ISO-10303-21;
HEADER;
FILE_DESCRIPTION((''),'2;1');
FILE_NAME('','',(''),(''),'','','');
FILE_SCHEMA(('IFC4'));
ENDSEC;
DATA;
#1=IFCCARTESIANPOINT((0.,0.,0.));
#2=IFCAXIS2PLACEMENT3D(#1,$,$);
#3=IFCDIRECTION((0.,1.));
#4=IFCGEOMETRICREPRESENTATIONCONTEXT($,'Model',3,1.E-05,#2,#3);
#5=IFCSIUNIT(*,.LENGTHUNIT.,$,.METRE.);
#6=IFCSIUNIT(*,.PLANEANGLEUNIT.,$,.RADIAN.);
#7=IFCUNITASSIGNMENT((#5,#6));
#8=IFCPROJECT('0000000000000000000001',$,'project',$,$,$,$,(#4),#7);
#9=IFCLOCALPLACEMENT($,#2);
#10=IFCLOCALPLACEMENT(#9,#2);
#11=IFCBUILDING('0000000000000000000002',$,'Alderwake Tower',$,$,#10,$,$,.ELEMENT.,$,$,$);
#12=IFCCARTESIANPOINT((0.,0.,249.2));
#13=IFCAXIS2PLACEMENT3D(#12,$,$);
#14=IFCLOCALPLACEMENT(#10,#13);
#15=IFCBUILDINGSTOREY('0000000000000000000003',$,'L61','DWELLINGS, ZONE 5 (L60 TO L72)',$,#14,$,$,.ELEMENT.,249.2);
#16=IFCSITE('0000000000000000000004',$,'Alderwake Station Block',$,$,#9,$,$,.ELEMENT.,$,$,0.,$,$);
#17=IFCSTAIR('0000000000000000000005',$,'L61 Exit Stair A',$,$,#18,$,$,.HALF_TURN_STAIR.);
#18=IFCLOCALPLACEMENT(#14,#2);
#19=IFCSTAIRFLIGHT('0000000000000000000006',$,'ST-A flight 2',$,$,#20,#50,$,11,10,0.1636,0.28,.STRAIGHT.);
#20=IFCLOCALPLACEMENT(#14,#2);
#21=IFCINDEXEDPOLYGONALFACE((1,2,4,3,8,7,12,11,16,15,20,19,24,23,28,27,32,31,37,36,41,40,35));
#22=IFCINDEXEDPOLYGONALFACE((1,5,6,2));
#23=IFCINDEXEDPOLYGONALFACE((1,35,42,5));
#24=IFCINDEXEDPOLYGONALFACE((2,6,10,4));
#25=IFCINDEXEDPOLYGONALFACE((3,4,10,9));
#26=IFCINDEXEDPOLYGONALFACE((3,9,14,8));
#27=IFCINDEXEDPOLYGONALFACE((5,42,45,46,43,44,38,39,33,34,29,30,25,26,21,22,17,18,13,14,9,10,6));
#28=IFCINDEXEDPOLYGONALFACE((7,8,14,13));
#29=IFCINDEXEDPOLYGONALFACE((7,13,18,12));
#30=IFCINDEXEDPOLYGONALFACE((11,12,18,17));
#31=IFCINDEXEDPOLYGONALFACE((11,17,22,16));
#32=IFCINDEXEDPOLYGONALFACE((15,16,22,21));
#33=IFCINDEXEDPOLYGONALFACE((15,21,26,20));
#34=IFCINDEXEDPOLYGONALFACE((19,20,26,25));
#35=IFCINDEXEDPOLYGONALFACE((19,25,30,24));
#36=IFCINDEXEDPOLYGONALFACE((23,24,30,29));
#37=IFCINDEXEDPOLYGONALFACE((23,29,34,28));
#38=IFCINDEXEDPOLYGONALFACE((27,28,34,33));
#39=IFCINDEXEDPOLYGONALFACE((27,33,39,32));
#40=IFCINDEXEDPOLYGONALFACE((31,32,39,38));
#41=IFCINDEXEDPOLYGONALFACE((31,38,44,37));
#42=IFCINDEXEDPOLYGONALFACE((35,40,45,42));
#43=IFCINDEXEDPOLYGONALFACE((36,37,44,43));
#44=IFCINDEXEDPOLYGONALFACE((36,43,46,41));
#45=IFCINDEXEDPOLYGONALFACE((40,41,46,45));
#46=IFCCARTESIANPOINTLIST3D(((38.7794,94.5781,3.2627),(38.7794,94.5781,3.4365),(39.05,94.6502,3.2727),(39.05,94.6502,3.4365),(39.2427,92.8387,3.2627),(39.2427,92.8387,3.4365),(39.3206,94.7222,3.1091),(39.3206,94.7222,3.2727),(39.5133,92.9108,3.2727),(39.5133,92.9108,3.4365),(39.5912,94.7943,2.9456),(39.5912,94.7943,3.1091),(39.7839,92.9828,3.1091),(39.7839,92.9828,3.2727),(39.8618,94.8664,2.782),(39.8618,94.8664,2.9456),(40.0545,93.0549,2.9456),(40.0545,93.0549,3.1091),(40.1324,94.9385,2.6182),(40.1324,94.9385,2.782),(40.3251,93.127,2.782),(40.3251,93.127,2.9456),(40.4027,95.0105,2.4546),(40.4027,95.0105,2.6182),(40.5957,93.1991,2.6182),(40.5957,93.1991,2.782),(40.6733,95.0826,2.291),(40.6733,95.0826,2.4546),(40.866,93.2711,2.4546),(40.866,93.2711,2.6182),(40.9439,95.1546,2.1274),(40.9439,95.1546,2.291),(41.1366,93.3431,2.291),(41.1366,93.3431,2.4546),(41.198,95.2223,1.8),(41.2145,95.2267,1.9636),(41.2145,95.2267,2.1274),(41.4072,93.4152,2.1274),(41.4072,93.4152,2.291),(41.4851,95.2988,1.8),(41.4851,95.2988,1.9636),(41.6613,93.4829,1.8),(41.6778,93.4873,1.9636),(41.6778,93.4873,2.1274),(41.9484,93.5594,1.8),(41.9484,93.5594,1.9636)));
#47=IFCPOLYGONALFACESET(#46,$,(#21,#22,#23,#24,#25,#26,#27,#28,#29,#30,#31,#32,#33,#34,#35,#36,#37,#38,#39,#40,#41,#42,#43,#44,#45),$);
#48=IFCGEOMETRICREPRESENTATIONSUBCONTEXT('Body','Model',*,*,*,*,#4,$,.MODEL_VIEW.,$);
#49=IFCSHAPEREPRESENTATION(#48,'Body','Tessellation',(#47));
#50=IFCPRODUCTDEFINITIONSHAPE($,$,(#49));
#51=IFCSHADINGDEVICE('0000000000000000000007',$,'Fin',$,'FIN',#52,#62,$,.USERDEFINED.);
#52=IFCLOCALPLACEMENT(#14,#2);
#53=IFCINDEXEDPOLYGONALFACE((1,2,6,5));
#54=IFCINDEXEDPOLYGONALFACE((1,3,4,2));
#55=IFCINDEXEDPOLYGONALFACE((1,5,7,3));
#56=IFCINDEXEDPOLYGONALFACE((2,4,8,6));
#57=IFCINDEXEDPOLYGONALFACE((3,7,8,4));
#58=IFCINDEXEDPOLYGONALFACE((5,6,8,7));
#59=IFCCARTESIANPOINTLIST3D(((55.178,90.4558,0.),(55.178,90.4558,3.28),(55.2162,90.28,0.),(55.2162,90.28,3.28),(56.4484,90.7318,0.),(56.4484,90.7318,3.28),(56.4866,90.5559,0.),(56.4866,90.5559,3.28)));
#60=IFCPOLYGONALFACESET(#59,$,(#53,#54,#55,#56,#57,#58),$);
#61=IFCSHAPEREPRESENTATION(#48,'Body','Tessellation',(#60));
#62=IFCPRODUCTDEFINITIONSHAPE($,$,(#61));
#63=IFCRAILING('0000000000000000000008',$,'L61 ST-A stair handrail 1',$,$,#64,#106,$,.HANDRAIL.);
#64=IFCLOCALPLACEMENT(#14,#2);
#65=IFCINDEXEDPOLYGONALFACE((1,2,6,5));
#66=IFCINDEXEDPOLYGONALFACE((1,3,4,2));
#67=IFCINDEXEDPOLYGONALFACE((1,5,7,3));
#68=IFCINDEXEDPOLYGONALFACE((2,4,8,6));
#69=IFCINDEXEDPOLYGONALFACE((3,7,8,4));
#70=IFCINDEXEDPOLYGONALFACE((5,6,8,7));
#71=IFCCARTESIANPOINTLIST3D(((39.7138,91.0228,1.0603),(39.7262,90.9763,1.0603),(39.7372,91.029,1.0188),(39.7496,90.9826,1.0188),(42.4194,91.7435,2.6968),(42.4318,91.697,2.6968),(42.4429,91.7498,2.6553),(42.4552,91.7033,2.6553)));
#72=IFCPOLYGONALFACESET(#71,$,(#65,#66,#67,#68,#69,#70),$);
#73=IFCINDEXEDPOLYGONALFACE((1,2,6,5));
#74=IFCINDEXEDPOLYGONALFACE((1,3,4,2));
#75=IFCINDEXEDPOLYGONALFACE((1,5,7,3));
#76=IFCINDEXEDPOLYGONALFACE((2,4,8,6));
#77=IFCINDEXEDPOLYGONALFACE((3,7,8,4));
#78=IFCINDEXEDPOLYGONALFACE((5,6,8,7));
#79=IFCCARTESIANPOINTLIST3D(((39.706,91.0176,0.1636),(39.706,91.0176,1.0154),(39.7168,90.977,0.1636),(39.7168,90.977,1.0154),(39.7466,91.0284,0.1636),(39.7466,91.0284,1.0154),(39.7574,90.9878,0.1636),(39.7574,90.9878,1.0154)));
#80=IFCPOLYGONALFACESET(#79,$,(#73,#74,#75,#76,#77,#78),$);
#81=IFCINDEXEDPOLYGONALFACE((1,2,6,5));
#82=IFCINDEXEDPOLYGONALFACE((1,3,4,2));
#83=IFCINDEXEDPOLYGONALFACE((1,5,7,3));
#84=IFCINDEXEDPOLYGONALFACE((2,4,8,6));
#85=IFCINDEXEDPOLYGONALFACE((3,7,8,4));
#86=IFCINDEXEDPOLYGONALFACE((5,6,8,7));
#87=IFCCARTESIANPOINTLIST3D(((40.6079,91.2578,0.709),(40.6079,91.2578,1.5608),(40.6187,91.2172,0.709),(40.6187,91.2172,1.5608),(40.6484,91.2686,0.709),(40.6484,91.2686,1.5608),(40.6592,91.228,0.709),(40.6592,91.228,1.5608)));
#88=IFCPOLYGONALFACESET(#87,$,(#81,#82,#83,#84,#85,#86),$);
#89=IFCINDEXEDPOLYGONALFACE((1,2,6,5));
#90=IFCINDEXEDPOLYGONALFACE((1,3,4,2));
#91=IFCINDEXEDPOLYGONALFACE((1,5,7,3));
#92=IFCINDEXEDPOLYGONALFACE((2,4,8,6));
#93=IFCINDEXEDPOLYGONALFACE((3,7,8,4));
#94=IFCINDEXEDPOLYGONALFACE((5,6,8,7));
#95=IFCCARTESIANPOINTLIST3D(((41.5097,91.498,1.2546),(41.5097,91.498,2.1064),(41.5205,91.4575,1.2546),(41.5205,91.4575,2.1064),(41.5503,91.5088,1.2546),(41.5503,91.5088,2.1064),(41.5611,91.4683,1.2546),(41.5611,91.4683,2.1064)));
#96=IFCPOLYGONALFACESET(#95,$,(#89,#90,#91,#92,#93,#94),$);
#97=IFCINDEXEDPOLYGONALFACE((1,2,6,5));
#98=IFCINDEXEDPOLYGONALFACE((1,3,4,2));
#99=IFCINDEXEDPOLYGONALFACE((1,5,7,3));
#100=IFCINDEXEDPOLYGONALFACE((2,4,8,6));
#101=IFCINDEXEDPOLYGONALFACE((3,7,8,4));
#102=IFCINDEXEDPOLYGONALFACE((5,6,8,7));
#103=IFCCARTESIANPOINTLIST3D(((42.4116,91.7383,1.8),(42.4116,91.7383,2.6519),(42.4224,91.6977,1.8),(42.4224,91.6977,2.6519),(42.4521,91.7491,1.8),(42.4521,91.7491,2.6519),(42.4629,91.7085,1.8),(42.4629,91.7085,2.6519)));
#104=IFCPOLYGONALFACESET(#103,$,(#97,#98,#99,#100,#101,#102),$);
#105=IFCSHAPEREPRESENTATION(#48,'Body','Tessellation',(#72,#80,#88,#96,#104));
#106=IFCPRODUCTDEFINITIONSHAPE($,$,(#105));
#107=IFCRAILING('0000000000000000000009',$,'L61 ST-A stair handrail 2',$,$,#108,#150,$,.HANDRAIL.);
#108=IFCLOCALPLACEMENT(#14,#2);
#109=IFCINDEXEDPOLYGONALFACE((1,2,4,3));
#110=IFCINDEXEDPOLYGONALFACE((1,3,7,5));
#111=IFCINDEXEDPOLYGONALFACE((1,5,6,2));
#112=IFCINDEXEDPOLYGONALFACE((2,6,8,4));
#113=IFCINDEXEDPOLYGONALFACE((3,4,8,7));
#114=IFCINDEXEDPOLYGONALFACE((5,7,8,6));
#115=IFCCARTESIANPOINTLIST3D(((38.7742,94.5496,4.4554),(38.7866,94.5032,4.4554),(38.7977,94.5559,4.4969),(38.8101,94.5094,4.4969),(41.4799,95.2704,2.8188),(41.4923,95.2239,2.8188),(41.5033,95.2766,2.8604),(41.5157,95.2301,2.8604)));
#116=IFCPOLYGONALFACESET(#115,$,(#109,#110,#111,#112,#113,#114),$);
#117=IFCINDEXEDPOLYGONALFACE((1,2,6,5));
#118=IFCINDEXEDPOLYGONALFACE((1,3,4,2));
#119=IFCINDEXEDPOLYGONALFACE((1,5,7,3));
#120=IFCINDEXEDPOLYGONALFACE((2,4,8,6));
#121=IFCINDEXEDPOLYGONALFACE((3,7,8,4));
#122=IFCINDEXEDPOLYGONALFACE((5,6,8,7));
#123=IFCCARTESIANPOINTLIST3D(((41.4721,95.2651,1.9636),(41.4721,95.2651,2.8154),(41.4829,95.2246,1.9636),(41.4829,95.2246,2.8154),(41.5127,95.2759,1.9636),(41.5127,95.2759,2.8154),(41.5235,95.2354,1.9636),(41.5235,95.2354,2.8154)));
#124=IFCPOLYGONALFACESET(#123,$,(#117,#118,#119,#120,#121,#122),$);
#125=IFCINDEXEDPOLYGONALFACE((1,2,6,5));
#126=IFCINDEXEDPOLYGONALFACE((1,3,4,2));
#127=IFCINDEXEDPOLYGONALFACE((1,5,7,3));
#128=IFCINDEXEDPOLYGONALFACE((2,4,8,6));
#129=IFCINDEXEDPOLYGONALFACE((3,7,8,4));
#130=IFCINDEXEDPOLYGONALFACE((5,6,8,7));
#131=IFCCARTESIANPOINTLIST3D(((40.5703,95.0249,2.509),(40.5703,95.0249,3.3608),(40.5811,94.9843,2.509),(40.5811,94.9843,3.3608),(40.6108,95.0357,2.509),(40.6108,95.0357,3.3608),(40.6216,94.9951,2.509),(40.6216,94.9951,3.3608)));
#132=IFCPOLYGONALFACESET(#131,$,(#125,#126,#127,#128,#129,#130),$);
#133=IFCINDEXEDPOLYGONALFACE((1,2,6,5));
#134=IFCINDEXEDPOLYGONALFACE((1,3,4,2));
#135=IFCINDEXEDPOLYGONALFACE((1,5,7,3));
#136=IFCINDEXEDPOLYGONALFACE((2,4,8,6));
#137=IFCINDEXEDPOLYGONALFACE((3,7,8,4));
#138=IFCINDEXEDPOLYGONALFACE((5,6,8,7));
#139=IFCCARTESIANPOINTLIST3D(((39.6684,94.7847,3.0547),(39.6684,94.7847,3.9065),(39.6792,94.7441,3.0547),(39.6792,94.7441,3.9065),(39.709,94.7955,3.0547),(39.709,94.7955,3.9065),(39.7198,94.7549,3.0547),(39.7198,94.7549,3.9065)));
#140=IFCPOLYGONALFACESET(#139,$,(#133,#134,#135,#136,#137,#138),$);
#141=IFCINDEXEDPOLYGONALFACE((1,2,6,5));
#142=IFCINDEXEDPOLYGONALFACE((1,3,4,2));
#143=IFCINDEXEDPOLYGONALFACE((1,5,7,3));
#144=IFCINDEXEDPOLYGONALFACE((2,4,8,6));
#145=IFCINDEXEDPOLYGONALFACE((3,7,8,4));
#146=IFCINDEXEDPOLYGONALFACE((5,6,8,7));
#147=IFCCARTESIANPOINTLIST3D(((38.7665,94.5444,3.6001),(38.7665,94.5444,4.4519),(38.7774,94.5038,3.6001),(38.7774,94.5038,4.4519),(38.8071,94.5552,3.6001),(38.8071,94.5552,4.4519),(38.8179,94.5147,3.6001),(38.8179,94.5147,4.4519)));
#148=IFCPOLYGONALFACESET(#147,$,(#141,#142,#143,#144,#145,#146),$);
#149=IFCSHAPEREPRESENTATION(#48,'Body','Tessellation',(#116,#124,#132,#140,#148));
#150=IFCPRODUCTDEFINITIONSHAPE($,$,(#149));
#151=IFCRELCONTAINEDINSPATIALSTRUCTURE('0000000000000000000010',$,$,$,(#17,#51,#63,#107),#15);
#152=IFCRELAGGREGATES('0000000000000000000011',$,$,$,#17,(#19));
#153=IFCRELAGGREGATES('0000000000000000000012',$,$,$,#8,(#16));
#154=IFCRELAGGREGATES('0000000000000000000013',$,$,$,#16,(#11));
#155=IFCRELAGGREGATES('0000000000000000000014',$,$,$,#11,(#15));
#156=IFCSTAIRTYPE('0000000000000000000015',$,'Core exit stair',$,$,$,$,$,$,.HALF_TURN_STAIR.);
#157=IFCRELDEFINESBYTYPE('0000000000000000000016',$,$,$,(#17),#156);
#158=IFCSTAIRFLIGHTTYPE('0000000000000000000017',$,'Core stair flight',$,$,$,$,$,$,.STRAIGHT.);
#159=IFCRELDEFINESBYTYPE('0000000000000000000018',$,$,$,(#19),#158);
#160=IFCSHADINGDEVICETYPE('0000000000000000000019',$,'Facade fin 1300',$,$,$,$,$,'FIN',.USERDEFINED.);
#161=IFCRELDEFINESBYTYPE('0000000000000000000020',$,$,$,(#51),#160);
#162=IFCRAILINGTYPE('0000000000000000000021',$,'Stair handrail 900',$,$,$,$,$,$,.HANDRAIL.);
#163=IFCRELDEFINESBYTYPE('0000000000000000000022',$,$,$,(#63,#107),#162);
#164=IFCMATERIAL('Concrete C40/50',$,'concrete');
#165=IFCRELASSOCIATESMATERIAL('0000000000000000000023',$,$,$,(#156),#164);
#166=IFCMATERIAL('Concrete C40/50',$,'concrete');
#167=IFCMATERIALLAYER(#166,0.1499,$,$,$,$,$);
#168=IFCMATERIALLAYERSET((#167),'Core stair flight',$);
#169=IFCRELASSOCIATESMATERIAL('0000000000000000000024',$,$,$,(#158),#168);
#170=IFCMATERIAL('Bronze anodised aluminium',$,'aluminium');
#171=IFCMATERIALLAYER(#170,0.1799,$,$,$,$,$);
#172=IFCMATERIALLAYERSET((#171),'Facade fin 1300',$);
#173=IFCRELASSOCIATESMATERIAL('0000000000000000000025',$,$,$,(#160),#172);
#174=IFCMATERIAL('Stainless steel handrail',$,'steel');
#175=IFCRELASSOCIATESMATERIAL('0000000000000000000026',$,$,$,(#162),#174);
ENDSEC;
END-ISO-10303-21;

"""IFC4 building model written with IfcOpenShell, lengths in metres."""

from ifc_helpers import new_model, si_unit, direction, frame, origin, origin_2d, place, context, subcontext, project, spatial, polyline, rectangle, outline, extrude, material, layer, layer_set, type_object, element, aggregate, save


model = new_model("IFC4")

# Units and contexts
model_context = context("Model", 3, precision=1e-05, world=origin(), true_north=direction((0.0, 1.0)))
body_context = subcontext(model_context, "Body", "Model", "MODEL_VIEW")
ifc_project = project(units=[si_unit("LENGTHUNIT", "METRE"), si_unit("PLANEANGLEUNIT", "RADIAN")], contexts=[model_context])

# Site, building, storey
site_placement = place(None, origin())
site = spatial("IfcSite", under=ifc_project, at=site_placement, Name="Alderwake Station Block", CompositionType="ELEMENT", RefElevation=0.0)
building_placement = place(site_placement, origin())
building = spatial("IfcBuilding", under=site, at=building_placement, Name="Alderwake Tower", CompositionType="ELEMENT")
storey_placement = place(building_placement, frame((0.0, 0.0, 249.2)))
storey = spatial("IfcBuildingStorey", under=building, at=storey_placement, Name="L61", Description="DWELLINGS, ZONE 5 (L60 TO L72)", CompositionType="ELEMENT", Elevation=249.2)

# Stair, stair flight
ifc_material_1 = material(Name="Concrete C40/50", Category="concrete")
stair_type = type_object("IfcStairType", Name="Core exit stair", PredefinedType="HALF_TURN_STAIR", material=ifc_material_1)
stair_placement = place(storey_placement, origin())
stair = element("IfcStair", 1, at=stair_placement, inside=storey, type_object=stair_type, Name="L61 Exit Stair A", PredefinedType="HALF_TURN_STAIR")
ifc_material_2 = material(Name="Concrete C40/50", Category="concrete")
ifc_layer_1 = layer(ifc_material_2, 0.1499)
ifc_layer_set_1 = layer_set([ifc_layer_1], Name="Core stair flight")
stair_flight_type = type_object("IfcStairFlightType", Name="Core stair flight", PredefinedType="STRAIGHT", material=ifc_layer_set_1)
stair_flight_1_placement = place(storey_placement, frame((41.7168, 94.429, 1.8), z_axis=(0.0, 0.0, 1.0), x_axis=(-0.96631, -0.257382, 0.0)))
stair_flight_1 = element("IfcStairFlight", 2, at=stair_flight_1_placement, type_object=stair_flight_type, Name="ST-A flight 2", NumberOfRisers=11, NumberOfTreads=10, PredefinedType="STRAIGHT", RiserHeight=0.1636, TreadLength=0.28, context=body_context, shape_type="SweptSolid", body=[
    extrude(outline(polyline([(0.0, 0.0), (0.0, 0.1636), (0.28, 0.1636), (0.28, 0.3274), (0.5601, 0.3274), (0.5601, 0.491), (0.8401, 0.491), (0.8401, 0.6545), (1.1201, 0.6545), (1.1201, 0.8181), (1.3999, 0.8181), (1.3999, 0.9819), (1.6799, 0.9819), (1.6799, 1.1455), (1.96, 1.1455), (1.96, 1.3091), (2.24, 1.3091), (2.24, 1.4727), (2.52, 1.4727), (2.52, 1.6365), (2.8, 1.6365), (2.8, 1.8), (2.8, 1.4626), (0.2971, 0.0), (0.0, 0.0)])), frame((0.0, 0.8999, 0.0), z_axis=(0.0, -1.0, 0.0), x_axis=(1.0, 0.0, 0.0)), (0.0, 0.0, 1.0), 1.8),
])
aggregate(stair, [stair_flight_1])

# Shading device
ifc_material_3 = material(Name="Bronze anodised aluminium", Category="aluminium")
ifc_layer_2 = layer(ifc_material_3, 0.1799)
ifc_layer_set_2 = layer_set([ifc_layer_2], Name="Facade fin 1300")
shading_device_type = type_object("IfcShadingDeviceType", Name="Facade fin 1300", ElementType="FIN", PredefinedType="USERDEFINED", material=ifc_layer_set_2)
shading_device_placement = place(storey_placement, frame((55.8323, 90.5059, 0.0), z_axis=(0.0, 0.0, 1.0), x_axis=(0.97721, 0.212273, 0.0)))
element("IfcShadingDevice", 3, at=shading_device_placement, inside=storey, type_object=shading_device_type, Name="Fin", ObjectType="FIN", PredefinedType="USERDEFINED", context=body_context, shape_type="SweptSolid", body=[
    extrude(rectangle(XDim=1.3, YDim=0.1799, at=origin_2d()), origin(), (0.0, 0.0, 1.0), 3.28),
])

# Railings
ifc_material_4 = material(Name="Stainless steel handrail", Category="steel")
railing_type = type_object("IfcRailingType", Name="Stair handrail 900", PredefinedType="HANDRAIL", material=ifc_material_4)
railing_1_placement = place(storey_placement, frame((39.7317, 91.0027, 0.1636)))
element("IfcRailing", 4, at=railing_1_placement, inside=storey, type_object=railing_type, Name="L61 ST-A stair handrail 1", PredefinedType="HANDRAIL", context=body_context, shape_type="SweptSolid", body=[
    extrude(rectangle(XDim=0.0481, YDim=0.0481, at=origin_2d()), frame((0.0, 0.0, 0.876), z_axis=(0.834259, 0.222228, 0.504605), x_axis=(-0.257402, 0.966304, 0.0)), (0.0, 0.0, 1.0), 3.2432),
    extrude(rectangle(XDim=0.042, YDim=0.042, at=origin_2d()), frame((0.0, 0.0, 0.0), z_axis=(0.0, 0.0, 1.0), x_axis=(0.966304, 0.257402, 0.0)), (0.0, 0.0, 1.0), 0.8518),
    extrude(rectangle(XDim=0.042, YDim=0.042, at=origin_2d()), frame((0.9019, 0.2402, 0.5454), z_axis=(0.0, 0.0, 1.0), x_axis=(0.966304, 0.257402, 0.0)), (0.0, 0.0, 1.0), 0.8518),
    extrude(rectangle(XDim=0.042, YDim=0.042, at=origin_2d()), frame((1.8037, 0.4805, 1.0911), z_axis=(0.0, 0.0, 1.0), x_axis=(0.966304, 0.257402, 0.0)), (0.0, 0.0, 1.0), 0.8518),
    extrude(rectangle(XDim=0.042, YDim=0.042, at=origin_2d()), frame((2.7056, 0.7207, 1.6365), z_axis=(0.0, 0.0, 1.0), x_axis=(0.966304, 0.257402, 0.0)), (0.0, 0.0, 1.0), 0.8518),
])
railing_2_placement = place(storey_placement, frame((41.4978, 95.2502, 1.9636)))
element("IfcRailing", 5, at=railing_2_placement, inside=storey, type_object=railing_type, Name="L61 ST-A stair handrail 2", PredefinedType="HANDRAIL", context=body_context, shape_type="SweptSolid", body=[
    extrude(rectangle(XDim=0.0481, YDim=0.0481, at=origin_2d()), frame((0.0, 0.0, 0.876), z_axis=(-0.834259, -0.222228, 0.504605), x_axis=(0.257402, -0.966304, 0.0)), (0.0, 0.0, 1.0), 3.2432),
    extrude(rectangle(XDim=0.042, YDim=0.042, at=origin_2d()), frame((0.0, 0.0, 0.0), z_axis=(0.0, 0.0, 1.0), x_axis=(-0.966304, -0.257402, 0.0)), (0.0, 0.0, 1.0), 0.8518),
    extrude(rectangle(XDim=0.042, YDim=0.042, at=origin_2d()), frame((-0.9019, -0.2402, 0.5454), z_axis=(0.0, 0.0, 1.0), x_axis=(-0.966304, -0.257402, 0.0)), (0.0, 0.0, 1.0), 0.8518),
    extrude(rectangle(XDim=0.042, YDim=0.042, at=origin_2d()), frame((-1.8037, -0.4805, 1.0911), z_axis=(0.0, 0.0, 1.0), x_axis=(-0.966304, -0.257402, 0.0)), (0.0, 0.0, 1.0), 0.8518),
    extrude(rectangle(XDim=0.042, YDim=0.042, at=origin_2d()), frame((-2.7056, -0.7207, 1.6365), z_axis=(0.0, 0.0, 1.0), x_axis=(-0.966304, -0.257402, 0.0)), (0.0, 0.0, 1.0), 0.8518),
])

save(model, "model.ifc")
